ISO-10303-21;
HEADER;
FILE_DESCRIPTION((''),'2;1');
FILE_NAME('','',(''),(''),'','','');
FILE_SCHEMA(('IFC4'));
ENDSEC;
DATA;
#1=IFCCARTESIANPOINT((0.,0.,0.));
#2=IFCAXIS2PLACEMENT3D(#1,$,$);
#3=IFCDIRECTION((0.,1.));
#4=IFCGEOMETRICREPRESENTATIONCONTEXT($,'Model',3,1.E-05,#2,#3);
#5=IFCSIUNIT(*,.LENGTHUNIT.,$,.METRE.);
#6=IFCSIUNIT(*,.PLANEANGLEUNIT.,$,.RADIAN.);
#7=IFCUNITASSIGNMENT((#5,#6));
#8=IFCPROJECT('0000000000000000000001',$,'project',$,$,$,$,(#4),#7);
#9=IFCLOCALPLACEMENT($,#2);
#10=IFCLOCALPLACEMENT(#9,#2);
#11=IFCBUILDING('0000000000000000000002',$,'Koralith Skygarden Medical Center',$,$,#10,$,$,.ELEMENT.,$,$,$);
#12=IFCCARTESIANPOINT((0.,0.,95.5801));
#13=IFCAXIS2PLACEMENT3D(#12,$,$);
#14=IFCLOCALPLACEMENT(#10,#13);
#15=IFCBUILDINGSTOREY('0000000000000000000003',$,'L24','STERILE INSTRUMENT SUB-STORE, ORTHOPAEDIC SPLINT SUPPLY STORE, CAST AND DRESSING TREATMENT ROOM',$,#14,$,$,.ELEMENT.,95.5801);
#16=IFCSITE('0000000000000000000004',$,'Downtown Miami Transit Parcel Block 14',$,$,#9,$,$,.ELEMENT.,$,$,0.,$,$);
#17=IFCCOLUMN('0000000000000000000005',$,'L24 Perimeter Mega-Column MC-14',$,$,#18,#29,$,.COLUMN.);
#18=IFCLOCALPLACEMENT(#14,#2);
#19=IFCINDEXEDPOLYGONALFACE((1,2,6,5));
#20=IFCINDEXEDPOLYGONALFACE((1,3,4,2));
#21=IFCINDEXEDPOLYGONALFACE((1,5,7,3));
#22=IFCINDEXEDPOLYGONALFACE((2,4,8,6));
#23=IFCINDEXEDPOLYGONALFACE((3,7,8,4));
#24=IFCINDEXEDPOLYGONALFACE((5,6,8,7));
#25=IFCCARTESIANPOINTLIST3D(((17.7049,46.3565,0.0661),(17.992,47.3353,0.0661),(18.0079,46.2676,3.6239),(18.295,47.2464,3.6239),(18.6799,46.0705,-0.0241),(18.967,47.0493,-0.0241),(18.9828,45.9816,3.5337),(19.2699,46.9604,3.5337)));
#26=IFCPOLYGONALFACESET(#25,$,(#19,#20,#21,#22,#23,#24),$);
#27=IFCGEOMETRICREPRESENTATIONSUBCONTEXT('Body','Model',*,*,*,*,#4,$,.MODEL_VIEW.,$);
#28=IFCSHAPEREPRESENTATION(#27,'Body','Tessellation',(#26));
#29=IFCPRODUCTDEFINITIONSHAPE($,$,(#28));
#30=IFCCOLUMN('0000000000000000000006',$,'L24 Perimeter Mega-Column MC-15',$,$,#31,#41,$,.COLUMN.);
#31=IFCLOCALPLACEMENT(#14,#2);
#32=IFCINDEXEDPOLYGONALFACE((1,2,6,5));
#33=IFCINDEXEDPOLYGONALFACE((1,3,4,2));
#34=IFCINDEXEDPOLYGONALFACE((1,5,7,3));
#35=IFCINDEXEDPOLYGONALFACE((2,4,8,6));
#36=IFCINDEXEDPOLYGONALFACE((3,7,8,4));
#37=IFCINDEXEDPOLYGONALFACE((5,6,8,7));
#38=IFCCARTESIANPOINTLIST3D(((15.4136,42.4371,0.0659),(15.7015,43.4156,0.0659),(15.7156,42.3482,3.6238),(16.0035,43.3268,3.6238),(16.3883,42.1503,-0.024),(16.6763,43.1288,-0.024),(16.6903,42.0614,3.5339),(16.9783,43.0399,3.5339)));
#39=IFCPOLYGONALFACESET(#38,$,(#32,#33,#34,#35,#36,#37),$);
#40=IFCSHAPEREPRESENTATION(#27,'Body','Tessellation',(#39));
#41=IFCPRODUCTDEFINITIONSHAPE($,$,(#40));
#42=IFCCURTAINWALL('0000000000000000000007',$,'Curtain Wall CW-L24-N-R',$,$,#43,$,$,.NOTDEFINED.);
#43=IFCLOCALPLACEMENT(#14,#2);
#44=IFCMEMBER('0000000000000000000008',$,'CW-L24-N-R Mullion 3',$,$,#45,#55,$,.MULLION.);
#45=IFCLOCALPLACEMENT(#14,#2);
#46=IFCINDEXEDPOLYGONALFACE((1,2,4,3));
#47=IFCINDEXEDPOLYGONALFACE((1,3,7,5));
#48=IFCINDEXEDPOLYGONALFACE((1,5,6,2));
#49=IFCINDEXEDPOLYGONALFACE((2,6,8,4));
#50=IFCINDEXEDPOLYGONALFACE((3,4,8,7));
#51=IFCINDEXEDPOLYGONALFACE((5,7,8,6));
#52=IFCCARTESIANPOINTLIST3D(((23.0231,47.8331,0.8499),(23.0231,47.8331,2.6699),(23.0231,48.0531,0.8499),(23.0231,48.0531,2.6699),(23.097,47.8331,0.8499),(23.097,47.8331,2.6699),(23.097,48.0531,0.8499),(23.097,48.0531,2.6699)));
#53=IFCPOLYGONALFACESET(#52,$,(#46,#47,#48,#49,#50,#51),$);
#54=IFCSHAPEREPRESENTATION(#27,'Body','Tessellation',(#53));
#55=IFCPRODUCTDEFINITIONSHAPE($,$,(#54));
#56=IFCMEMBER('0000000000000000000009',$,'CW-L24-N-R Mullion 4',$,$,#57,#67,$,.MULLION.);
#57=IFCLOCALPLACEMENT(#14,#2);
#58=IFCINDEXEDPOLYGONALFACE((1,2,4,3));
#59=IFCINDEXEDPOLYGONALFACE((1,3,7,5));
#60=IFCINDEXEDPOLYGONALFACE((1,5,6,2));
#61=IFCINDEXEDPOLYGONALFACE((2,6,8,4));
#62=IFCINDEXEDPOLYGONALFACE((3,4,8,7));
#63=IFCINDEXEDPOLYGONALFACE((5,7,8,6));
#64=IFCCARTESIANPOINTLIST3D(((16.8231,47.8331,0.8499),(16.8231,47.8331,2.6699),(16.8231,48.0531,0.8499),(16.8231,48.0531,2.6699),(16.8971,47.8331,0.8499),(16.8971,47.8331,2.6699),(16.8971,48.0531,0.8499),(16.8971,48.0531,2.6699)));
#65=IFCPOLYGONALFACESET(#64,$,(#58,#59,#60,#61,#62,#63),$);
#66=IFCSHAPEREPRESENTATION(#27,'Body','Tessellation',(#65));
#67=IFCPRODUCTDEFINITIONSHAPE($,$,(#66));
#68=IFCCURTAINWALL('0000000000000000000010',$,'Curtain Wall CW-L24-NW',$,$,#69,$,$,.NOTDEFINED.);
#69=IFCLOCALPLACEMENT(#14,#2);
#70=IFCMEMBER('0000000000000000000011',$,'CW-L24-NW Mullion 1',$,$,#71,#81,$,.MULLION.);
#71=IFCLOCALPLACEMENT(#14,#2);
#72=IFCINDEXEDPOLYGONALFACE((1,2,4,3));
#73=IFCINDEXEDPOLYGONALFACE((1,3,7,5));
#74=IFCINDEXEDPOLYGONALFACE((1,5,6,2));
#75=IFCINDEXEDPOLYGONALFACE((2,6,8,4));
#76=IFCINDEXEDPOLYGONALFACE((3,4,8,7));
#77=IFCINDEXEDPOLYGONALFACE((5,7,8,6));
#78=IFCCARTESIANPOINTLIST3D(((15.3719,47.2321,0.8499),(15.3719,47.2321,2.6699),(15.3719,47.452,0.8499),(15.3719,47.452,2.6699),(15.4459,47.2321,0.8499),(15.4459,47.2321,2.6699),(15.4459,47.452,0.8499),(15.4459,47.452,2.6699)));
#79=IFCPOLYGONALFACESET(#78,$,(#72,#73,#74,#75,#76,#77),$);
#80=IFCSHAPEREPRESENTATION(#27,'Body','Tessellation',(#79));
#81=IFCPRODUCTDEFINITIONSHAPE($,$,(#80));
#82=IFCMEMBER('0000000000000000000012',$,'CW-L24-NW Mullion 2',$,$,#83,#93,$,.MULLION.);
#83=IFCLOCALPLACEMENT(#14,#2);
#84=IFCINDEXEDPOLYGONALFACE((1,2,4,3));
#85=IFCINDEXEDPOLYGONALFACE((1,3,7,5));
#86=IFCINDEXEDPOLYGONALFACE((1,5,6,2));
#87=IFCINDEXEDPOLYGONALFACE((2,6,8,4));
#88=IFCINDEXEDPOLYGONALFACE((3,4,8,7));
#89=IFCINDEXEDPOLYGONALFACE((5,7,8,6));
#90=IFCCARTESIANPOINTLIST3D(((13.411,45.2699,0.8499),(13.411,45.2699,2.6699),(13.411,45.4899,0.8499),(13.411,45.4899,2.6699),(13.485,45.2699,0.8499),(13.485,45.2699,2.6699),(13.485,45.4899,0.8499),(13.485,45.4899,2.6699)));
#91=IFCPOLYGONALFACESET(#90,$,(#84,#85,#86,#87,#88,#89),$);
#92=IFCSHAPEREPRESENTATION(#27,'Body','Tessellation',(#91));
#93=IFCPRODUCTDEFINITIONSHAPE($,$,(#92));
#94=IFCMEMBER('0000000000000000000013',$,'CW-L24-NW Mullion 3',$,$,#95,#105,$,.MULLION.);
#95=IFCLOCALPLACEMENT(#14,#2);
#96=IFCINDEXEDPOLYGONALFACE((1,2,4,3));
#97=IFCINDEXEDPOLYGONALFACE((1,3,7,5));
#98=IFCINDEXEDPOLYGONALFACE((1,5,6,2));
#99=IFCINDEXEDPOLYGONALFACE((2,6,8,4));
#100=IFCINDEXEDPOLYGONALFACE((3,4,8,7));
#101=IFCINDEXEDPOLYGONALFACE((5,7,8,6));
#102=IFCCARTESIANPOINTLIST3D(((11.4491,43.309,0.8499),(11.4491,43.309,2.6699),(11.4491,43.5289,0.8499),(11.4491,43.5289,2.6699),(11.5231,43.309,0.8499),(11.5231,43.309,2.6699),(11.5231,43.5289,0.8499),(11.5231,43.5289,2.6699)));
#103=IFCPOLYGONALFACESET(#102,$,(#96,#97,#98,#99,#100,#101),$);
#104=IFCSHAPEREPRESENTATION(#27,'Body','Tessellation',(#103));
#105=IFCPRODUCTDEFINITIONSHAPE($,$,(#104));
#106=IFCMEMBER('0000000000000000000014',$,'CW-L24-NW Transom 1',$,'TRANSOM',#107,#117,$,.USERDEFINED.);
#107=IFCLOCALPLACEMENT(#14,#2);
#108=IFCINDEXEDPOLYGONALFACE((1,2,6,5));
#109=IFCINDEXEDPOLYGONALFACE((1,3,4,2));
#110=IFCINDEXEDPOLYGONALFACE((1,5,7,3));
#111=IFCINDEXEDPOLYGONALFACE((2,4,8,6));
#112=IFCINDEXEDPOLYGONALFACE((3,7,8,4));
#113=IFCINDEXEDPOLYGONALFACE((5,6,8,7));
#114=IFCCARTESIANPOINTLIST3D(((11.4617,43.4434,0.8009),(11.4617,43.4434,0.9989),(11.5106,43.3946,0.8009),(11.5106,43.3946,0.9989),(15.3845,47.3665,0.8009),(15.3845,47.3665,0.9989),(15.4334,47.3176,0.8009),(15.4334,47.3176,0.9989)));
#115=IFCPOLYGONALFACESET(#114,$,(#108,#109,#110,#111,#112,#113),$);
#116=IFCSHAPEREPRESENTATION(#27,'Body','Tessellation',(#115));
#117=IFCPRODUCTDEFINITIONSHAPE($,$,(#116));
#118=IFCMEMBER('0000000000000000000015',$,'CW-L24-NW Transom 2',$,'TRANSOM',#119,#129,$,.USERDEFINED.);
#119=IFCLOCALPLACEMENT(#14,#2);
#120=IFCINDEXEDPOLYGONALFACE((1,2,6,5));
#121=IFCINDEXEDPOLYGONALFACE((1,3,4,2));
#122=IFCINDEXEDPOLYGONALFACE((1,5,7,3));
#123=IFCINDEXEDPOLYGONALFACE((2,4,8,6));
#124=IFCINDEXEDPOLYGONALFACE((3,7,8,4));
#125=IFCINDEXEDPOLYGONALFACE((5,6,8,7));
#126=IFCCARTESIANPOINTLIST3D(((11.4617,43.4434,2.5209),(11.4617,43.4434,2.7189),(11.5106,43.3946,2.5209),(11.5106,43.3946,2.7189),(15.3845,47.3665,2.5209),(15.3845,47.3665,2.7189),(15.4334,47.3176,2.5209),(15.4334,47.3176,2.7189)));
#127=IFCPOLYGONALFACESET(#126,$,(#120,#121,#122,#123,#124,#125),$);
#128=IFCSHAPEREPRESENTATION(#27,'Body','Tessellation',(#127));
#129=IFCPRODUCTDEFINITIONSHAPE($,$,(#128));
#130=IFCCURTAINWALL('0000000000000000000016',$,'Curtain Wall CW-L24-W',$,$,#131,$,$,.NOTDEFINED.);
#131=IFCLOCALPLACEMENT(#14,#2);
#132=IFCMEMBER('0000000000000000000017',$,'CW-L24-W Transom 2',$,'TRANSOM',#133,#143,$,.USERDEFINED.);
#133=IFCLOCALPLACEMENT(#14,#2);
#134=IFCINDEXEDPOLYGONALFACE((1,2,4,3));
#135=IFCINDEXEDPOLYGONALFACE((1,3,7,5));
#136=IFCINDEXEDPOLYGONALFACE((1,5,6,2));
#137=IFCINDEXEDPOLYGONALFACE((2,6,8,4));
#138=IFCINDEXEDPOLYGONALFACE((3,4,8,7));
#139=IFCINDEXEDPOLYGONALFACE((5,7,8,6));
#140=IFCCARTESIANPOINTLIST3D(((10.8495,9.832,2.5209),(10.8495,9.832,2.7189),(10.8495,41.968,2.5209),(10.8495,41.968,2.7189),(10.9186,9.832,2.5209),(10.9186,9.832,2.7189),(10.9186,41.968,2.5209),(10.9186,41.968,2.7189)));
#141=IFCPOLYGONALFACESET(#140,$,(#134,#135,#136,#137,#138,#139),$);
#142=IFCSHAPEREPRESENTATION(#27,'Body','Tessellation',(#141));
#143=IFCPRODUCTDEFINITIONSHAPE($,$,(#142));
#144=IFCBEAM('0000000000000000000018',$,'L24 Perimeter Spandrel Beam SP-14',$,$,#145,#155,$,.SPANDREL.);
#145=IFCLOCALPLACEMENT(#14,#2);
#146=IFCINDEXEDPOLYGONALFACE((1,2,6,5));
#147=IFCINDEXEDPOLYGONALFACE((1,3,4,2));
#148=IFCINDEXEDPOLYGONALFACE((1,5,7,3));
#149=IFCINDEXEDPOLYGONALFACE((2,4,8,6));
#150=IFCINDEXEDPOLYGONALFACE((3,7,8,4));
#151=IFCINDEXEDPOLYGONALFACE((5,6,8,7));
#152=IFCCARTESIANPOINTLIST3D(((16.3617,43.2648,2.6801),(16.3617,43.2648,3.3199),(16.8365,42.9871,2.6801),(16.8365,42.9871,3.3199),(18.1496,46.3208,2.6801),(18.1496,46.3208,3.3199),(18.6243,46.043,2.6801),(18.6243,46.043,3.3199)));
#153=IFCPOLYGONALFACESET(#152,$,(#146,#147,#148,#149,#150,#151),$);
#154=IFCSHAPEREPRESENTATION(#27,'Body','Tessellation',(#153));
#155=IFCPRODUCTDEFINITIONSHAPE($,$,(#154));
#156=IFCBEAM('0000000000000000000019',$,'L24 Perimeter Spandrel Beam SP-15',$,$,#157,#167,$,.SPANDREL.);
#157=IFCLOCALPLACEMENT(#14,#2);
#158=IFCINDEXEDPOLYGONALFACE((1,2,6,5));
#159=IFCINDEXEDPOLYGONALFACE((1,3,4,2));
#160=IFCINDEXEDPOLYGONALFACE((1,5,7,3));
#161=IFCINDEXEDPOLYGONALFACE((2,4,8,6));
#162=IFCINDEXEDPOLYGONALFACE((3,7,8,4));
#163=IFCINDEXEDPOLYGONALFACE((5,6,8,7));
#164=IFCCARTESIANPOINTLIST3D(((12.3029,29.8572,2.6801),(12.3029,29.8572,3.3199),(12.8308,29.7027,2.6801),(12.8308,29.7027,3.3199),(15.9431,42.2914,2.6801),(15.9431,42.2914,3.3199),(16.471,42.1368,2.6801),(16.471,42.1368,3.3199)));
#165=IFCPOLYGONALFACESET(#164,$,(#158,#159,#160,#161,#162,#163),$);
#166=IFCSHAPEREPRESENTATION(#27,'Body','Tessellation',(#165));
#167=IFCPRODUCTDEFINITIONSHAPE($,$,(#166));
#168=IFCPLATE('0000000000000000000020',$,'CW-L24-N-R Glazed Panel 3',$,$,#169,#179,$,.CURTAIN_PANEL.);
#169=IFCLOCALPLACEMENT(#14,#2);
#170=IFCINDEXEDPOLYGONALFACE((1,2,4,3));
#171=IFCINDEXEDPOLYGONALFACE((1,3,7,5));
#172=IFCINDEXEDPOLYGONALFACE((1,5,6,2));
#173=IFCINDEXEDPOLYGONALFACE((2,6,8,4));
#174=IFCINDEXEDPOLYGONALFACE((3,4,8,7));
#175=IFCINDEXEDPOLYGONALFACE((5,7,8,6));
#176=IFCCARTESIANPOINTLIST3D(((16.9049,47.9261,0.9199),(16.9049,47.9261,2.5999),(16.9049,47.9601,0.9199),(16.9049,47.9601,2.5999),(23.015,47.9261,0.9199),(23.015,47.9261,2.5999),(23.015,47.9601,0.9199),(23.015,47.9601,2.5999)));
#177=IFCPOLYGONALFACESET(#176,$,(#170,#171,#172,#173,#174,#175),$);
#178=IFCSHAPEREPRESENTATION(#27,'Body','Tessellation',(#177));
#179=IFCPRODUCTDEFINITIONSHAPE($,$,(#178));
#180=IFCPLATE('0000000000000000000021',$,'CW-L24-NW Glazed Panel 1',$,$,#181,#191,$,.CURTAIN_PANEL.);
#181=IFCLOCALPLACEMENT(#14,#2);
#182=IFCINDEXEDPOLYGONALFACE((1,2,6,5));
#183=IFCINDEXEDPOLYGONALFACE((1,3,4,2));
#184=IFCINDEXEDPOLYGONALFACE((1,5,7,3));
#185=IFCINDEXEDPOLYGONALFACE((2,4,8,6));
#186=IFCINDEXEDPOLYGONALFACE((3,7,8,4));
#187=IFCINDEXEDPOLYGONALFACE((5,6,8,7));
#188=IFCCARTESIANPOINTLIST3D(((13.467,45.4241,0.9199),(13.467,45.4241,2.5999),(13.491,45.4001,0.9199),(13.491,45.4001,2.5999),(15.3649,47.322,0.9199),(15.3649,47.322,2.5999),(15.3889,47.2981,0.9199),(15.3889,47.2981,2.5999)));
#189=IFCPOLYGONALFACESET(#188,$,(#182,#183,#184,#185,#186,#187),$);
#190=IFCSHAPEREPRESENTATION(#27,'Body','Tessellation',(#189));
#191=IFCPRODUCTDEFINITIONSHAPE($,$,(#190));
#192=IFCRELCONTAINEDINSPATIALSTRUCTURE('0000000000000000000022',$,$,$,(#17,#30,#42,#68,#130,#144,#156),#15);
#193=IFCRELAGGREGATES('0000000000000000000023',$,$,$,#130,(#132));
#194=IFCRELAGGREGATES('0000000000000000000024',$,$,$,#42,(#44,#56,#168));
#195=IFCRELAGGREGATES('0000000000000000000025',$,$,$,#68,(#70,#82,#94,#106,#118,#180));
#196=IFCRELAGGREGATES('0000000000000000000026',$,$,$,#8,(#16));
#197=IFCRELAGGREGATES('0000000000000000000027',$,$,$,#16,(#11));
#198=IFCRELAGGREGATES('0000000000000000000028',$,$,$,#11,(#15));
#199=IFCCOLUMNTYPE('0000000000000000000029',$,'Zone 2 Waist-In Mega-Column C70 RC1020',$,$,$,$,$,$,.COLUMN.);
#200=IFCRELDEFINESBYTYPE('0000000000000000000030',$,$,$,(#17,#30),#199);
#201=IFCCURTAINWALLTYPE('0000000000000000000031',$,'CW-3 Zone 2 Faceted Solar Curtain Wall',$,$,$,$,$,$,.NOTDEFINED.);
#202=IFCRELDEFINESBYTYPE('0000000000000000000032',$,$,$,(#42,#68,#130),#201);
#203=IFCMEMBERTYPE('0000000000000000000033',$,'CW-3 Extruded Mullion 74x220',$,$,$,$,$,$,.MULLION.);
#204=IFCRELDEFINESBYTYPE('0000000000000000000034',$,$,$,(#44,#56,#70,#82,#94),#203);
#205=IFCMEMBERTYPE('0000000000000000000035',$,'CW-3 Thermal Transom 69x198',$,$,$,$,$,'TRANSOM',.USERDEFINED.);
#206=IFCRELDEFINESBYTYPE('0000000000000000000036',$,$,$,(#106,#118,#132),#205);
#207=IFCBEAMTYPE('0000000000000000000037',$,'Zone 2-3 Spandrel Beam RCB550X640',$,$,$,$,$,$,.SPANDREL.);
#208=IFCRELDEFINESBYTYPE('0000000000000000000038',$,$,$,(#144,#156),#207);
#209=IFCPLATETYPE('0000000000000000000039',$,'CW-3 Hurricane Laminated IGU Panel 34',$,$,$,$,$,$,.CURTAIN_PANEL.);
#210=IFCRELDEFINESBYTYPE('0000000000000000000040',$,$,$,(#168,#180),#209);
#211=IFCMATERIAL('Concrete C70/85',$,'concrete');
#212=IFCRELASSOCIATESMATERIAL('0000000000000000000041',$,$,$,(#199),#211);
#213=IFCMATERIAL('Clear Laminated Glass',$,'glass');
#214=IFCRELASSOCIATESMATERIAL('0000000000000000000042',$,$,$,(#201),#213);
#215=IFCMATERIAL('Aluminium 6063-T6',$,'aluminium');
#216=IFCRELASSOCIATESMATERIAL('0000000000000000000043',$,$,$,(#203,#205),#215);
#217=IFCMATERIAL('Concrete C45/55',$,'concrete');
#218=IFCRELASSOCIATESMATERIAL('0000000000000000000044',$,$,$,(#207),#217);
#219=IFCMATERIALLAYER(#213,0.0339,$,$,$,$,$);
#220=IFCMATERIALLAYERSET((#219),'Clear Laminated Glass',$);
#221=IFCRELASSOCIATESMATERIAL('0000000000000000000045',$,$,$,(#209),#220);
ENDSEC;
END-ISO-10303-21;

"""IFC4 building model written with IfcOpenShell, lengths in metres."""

from ifc_helpers import new_model, si_unit, direction, frame, origin, origin_2d, place, context, subcontext, project, spatial, rectangle, extrude, material, layer, layer_set, material_profile, profile_set, type_object, element, aggregate, save


model = new_model("IFC4")

# Units and contexts
model_context = context("Model", 3, precision=1e-05, world=origin(), true_north=direction((0.0, 1.0)))
body_context = subcontext(model_context, "Body", "Model", "MODEL_VIEW")
ifc_project = project(units=[si_unit("LENGTHUNIT", "METRE"), si_unit("PLANEANGLEUNIT", "RADIAN")], contexts=[model_context])

# Site, building, storey
site_placement = place(None, origin())
site = spatial("IfcSite", under=ifc_project, at=site_placement, Name="Downtown Miami Transit Parcel Block 14", CompositionType="ELEMENT", RefElevation=0.0)
building_placement = place(site_placement, origin())
building = spatial("IfcBuilding", under=site, at=building_placement, Name="Koralith Skygarden Medical Center", CompositionType="ELEMENT")
storey_placement = place(building_placement, frame((0.0, 0.0, 95.5801)))
storey = spatial("IfcBuildingStorey", under=building, at=storey_placement, Name="L24", Description="STERILE INSTRUMENT SUB-STORE, ORTHOPAEDIC SPLINT SUPPLY STORE, CAST AND DRESSING TREATMENT ROOM", CompositionType="ELEMENT", Elevation=95.5801)

# Columns
ifc_material_1 = material(Name="Concrete C70/85", Category="concrete")
ifc_material_profile_1 = material_profile(ifc_material_1, rectangle(XDim=1.02, YDim=1.02, at=origin_2d()), Name="RC1020X1020")
ifc_profile_set_1 = profile_set([ifc_material_profile_1], Name="Concrete C70/85")
column_type = type_object("IfcColumnType", Name="Zone 2 Waist-In Mega-Column C70 RC1020", PredefinedType="COLUMN", material=ifc_profile_set_1)
for number, where, z_axis, x_axis, name in (
    (1, (18.3359, 46.7029, 0.021), (0.084824, -0.02488, 0.996085), (0.281455, 0.959575, 0.0), "L24 Perimeter Mega-Column MC-14"),
    (2, (16.0449, 42.783, 0.021), (0.084553, -0.02488, 0.996108), (0.282292, 0.959328, 0.0), "L24 Perimeter Mega-Column MC-15"),
):
    element("IfcColumn", number, at=place(storey_placement, frame(where, z_axis=z_axis, x_axis=x_axis)), inside=storey, type_object=column_type, Name=name, PredefinedType="COLUMN", context=body_context, shape_type="SweptSolid", body=[
        extrude(rectangle(XDim=1.02, YDim=1.02, at=origin_2d()), origin(), (0.0, 0.0, 1.0), 3.5718),
    ])

# Curtain walls, members
ifc_material_2 = material(Name="Clear Laminated Glass", Category="glass")
curtain_wall_type = type_object("IfcCurtainWallType", Name="CW-3 Zone 2 Faceted Solar Curtain Wall", PredefinedType="NOTDEFINED", material=ifc_material_2)
curtain_wall_1_placement = place(storey_placement, origin())
curtain_wall_1 = element("IfcCurtainWall", 3, at=curtain_wall_1_placement, inside=storey, type_object=curtain_wall_type, Name="Curtain Wall CW-L24-N-R", PredefinedType="NOTDEFINED")
ifc_material_3 = material(Name="Aluminium 6063-T6", Category="aluminium")
ifc_material_profile_2 = material_profile(ifc_material_3, rectangle(XDim=0.074, YDim=0.22, at=origin_2d()), Name="MUL74X220")
ifc_profile_set_2 = profile_set([ifc_material_profile_2], Name="Aluminium 6063-T6")
member_type_1 = type_object("IfcMemberType", Name="CW-3 Extruded Mullion 74x220", PredefinedType="MULLION", material=ifc_profile_set_2)
member_1_placement = place(storey_placement, frame((23.0601, 47.9431, 0.8499), z_axis=(0.0, 0.0, 1.0), x_axis=(1.0, 0.0, 0.0)))
member_1 = element("IfcMember", 4, at=member_1_placement, type_object=member_type_1, Name="CW-L24-N-R Mullion 3", PredefinedType="MULLION", context=body_context, shape_type="SweptSolid", body=[
    extrude(rectangle(XDim=0.074, YDim=0.22, at=origin_2d()), origin(), (0.0, 0.0, 1.0), 1.8201),
])
member_2_placement = place(storey_placement, frame((16.8601, 47.9431, 0.8499), z_axis=(0.0, 0.0, 1.0), x_axis=(1.0, 0.0, 0.0)))
member_2 = element("IfcMember", 5, at=member_2_placement, type_object=member_type_1, Name="CW-L24-N-R Mullion 4", PredefinedType="MULLION", context=body_context, shape_type="SweptSolid", body=[
    extrude(rectangle(XDim=0.074, YDim=0.22, at=origin_2d()), origin(), (0.0, 0.0, 1.0), 1.8201),
])
curtain_wall_2_placement = place(storey_placement, origin())
curtain_wall_2 = element("IfcCurtainWall", 6, at=curtain_wall_2_placement, inside=storey, type_object=curtain_wall_type, Name="Curtain Wall CW-L24-NW", PredefinedType="NOTDEFINED")
member_3_placement = place(storey_placement, frame((15.4089, 47.342, 0.8499), z_axis=(0.0, 0.0, 1.0), x_axis=(1.0, 0.0, 0.0)))
member_3 = element("IfcMember", 7, at=member_3_placement, type_object=member_type_1, Name="CW-L24-NW Mullion 1", PredefinedType="MULLION", context=body_context, shape_type="SweptSolid", body=[
    extrude(rectangle(XDim=0.074, YDim=0.22, at=origin_2d()), origin(), (0.0, 0.0, 1.0), 1.8201),
])
member_4_placement = place(storey_placement, frame((13.448, 45.3799, 0.8499), z_axis=(0.0, 0.0, 1.0), x_axis=(1.0, 0.0, 0.0)))
member_4 = element("IfcMember", 8, at=member_4_placement, type_object=member_type_1, Name="CW-L24-NW Mullion 2", PredefinedType="MULLION", context=body_context, shape_type="SweptSolid", body=[
    extrude(rectangle(XDim=0.074, YDim=0.22, at=origin_2d()), origin(), (0.0, 0.0, 1.0), 1.8201),
])
member_5_placement = place(storey_placement, frame((11.4861, 43.4189, 0.8499), z_axis=(0.0, 0.0, 1.0), x_axis=(1.0, 0.0, 0.0)))
member_5 = element("IfcMember", 9, at=member_5_placement, type_object=member_type_1, Name="CW-L24-NW Mullion 3", PredefinedType="MULLION", context=body_context, shape_type="SweptSolid", body=[
    extrude(rectangle(XDim=0.074, YDim=0.22, at=origin_2d()), origin(), (0.0, 0.0, 1.0), 1.8201),
])
ifc_material_profile_3 = material_profile(ifc_material_3, rectangle(XDim=0.0691, YDim=0.198, at=origin_2d()), Name="TRN69X198")
ifc_profile_set_3 = profile_set([ifc_material_profile_3], Name="Aluminium 6063-T6")
member_type_2 = type_object("IfcMemberType", Name="CW-3 Thermal Transom 69x198", ElementType="TRANSOM", PredefinedType="USERDEFINED", material=ifc_profile_set_3)
member_6_placement = place(storey_placement, frame((15.4089, 47.342, 0.8999), z_axis=(-0.707085, -0.707129, 0.0), x_axis=(0.707129, -0.707085, 0.0)))
member_6 = element("IfcMember", 10, at=member_6_placement, type_object=member_type_2, Name="CW-L24-NW Transom 1", ObjectType="TRANSOM", PredefinedType="USERDEFINED", context=body_context, shape_type="SweptSolid", body=[
    extrude(rectangle(XDim=0.0691, YDim=0.198, at=origin_2d()), origin(), (0.0, 0.0, 1.0), 5.5479),
])
member_7_placement = place(storey_placement, frame((15.4089, 47.342, 2.6199), z_axis=(-0.707085, -0.707129, 0.0), x_axis=(0.707129, -0.707085, 0.0)))
member_7 = element("IfcMember", 11, at=member_7_placement, type_object=member_type_2, Name="CW-L24-NW Transom 2", ObjectType="TRANSOM", PredefinedType="USERDEFINED", context=body_context, shape_type="SweptSolid", body=[
    extrude(rectangle(XDim=0.0691, YDim=0.198, at=origin_2d()), origin(), (0.0, 0.0, 1.0), 5.5479),
])

# Curtain wall, member
curtain_wall_3_placement = place(storey_placement, origin())
curtain_wall_3 = element("IfcCurtainWall", 12, at=curtain_wall_3_placement, inside=storey, type_object=curtain_wall_type, Name="Curtain Wall CW-L24-W", PredefinedType="NOTDEFINED")
member_8_placement = place(storey_placement, frame((10.884, 41.968, 2.6199), z_axis=(0.0, -1.0, 0.0), x_axis=(1.0, 0.0, 0.0)))
member_8 = element("IfcMember", 13, at=member_8_placement, type_object=member_type_2, Name="CW-L24-W Transom 2", ObjectType="TRANSOM", PredefinedType="USERDEFINED", context=body_context, shape_type="SweptSolid", body=[
    extrude(rectangle(XDim=0.0691, YDim=0.198, at=origin_2d()), origin(), (0.0, 0.0, 1.0), 32.136),
])
aggregate(curtain_wall_3, [member_8])

# Beams
ifc_material_4 = material(Name="Concrete C45/55", Category="concrete")
ifc_material_profile_4 = material_profile(ifc_material_4, rectangle(XDim=0.55, YDim=0.6399, at=origin_2d()), Name="RCB550X640")
ifc_profile_set_4 = profile_set([ifc_material_profile_4], Name="Concrete C45/55")
beam_type = type_object("IfcBeamType", Name="Zone 2-3 Spandrel Beam RCB550X640", PredefinedType="SPANDREL", material=ifc_profile_set_4)
beam_1_placement = place(storey_placement, frame((18.387, 46.1819, 3.0), z_axis=(-0.504972, -0.863135, 0.0), x_axis=(0.863135, -0.504972, 0.0)))
element("IfcBeam", 14, at=beam_1_placement, inside=storey, type_object=beam_type, Name="L24 Perimeter Spandrel Beam SP-14", PredefinedType="SPANDREL", context=body_context, shape_type="SweptSolid", body=[
    extrude(rectangle(XDim=0.55, YDim=0.6399, at=origin_2d()), origin(), (0.0, 0.0, 1.0), 3.5405),
])
beam_2_placement = place(storey_placement, frame((16.207, 42.2141, 3.0), z_axis=(-0.280962, -0.959719, 0.0), x_axis=(0.959719, -0.280962, 0.0)))
element("IfcBeam", 15, at=beam_2_placement, inside=storey, type_object=beam_type, Name="L24 Perimeter Spandrel Beam SP-15", PredefinedType="SPANDREL", context=body_context, shape_type="SweptSolid", body=[
    extrude(rectangle(XDim=0.55, YDim=0.6399, at=origin_2d()), origin(), (0.0, 0.0, 1.0), 12.9561),
])

# Plates
ifc_layer_1 = layer(ifc_material_2, 0.0339)
ifc_layer_set_1 = layer_set([ifc_layer_1], Name="Clear Laminated Glass")
plate_type_1 = type_object("IfcPlateType", Name="CW-3 Hurricane Laminated IGU Panel 34", PredefinedType="CURTAIN_PANEL", material=ifc_layer_set_1)
plate_1_placement = place(storey_placement, frame((19.96, 47.9431, 0.9199), z_axis=(0.0, 0.0, 1.0), x_axis=(-1.0, 0.0, 0.0)))
plate_1 = element("IfcPlate", 16, at=plate_1_placement, type_object=plate_type_1, Name="CW-L24-N-R Glazed Panel 3", PredefinedType="CURTAIN_PANEL", context=body_context, shape_type="SweptSolid", body=[
    extrude(rectangle(XDim=6.1101, YDim=0.0339, at=origin_2d()), origin(), (0.0, 0.0, 1.0), 1.6799),
])
aggregate(curtain_wall_1, [member_1, member_2, plate_1])
plate_2_placement = place(storey_placement, frame((14.428, 46.3611, 0.9199), z_axis=(0.0, 0.0, 1.0), x_axis=(-0.707107, -0.707107, 0.0)))
plate_2 = element("IfcPlate", 17, at=plate_2_placement, type_object=plate_type_1, Name="CW-L24-NW Glazed Panel 1", PredefinedType="CURTAIN_PANEL", context=body_context, shape_type="SweptSolid", body=[
    extrude(rectangle(XDim=2.6841, YDim=0.0339, at=origin_2d()), origin(), (0.0, 0.0, 1.0), 1.6799),
])
aggregate(curtain_wall_2, [member_3, member_4, member_5, member_6, member_7, plate_2])

save(model, "model.ifc")
